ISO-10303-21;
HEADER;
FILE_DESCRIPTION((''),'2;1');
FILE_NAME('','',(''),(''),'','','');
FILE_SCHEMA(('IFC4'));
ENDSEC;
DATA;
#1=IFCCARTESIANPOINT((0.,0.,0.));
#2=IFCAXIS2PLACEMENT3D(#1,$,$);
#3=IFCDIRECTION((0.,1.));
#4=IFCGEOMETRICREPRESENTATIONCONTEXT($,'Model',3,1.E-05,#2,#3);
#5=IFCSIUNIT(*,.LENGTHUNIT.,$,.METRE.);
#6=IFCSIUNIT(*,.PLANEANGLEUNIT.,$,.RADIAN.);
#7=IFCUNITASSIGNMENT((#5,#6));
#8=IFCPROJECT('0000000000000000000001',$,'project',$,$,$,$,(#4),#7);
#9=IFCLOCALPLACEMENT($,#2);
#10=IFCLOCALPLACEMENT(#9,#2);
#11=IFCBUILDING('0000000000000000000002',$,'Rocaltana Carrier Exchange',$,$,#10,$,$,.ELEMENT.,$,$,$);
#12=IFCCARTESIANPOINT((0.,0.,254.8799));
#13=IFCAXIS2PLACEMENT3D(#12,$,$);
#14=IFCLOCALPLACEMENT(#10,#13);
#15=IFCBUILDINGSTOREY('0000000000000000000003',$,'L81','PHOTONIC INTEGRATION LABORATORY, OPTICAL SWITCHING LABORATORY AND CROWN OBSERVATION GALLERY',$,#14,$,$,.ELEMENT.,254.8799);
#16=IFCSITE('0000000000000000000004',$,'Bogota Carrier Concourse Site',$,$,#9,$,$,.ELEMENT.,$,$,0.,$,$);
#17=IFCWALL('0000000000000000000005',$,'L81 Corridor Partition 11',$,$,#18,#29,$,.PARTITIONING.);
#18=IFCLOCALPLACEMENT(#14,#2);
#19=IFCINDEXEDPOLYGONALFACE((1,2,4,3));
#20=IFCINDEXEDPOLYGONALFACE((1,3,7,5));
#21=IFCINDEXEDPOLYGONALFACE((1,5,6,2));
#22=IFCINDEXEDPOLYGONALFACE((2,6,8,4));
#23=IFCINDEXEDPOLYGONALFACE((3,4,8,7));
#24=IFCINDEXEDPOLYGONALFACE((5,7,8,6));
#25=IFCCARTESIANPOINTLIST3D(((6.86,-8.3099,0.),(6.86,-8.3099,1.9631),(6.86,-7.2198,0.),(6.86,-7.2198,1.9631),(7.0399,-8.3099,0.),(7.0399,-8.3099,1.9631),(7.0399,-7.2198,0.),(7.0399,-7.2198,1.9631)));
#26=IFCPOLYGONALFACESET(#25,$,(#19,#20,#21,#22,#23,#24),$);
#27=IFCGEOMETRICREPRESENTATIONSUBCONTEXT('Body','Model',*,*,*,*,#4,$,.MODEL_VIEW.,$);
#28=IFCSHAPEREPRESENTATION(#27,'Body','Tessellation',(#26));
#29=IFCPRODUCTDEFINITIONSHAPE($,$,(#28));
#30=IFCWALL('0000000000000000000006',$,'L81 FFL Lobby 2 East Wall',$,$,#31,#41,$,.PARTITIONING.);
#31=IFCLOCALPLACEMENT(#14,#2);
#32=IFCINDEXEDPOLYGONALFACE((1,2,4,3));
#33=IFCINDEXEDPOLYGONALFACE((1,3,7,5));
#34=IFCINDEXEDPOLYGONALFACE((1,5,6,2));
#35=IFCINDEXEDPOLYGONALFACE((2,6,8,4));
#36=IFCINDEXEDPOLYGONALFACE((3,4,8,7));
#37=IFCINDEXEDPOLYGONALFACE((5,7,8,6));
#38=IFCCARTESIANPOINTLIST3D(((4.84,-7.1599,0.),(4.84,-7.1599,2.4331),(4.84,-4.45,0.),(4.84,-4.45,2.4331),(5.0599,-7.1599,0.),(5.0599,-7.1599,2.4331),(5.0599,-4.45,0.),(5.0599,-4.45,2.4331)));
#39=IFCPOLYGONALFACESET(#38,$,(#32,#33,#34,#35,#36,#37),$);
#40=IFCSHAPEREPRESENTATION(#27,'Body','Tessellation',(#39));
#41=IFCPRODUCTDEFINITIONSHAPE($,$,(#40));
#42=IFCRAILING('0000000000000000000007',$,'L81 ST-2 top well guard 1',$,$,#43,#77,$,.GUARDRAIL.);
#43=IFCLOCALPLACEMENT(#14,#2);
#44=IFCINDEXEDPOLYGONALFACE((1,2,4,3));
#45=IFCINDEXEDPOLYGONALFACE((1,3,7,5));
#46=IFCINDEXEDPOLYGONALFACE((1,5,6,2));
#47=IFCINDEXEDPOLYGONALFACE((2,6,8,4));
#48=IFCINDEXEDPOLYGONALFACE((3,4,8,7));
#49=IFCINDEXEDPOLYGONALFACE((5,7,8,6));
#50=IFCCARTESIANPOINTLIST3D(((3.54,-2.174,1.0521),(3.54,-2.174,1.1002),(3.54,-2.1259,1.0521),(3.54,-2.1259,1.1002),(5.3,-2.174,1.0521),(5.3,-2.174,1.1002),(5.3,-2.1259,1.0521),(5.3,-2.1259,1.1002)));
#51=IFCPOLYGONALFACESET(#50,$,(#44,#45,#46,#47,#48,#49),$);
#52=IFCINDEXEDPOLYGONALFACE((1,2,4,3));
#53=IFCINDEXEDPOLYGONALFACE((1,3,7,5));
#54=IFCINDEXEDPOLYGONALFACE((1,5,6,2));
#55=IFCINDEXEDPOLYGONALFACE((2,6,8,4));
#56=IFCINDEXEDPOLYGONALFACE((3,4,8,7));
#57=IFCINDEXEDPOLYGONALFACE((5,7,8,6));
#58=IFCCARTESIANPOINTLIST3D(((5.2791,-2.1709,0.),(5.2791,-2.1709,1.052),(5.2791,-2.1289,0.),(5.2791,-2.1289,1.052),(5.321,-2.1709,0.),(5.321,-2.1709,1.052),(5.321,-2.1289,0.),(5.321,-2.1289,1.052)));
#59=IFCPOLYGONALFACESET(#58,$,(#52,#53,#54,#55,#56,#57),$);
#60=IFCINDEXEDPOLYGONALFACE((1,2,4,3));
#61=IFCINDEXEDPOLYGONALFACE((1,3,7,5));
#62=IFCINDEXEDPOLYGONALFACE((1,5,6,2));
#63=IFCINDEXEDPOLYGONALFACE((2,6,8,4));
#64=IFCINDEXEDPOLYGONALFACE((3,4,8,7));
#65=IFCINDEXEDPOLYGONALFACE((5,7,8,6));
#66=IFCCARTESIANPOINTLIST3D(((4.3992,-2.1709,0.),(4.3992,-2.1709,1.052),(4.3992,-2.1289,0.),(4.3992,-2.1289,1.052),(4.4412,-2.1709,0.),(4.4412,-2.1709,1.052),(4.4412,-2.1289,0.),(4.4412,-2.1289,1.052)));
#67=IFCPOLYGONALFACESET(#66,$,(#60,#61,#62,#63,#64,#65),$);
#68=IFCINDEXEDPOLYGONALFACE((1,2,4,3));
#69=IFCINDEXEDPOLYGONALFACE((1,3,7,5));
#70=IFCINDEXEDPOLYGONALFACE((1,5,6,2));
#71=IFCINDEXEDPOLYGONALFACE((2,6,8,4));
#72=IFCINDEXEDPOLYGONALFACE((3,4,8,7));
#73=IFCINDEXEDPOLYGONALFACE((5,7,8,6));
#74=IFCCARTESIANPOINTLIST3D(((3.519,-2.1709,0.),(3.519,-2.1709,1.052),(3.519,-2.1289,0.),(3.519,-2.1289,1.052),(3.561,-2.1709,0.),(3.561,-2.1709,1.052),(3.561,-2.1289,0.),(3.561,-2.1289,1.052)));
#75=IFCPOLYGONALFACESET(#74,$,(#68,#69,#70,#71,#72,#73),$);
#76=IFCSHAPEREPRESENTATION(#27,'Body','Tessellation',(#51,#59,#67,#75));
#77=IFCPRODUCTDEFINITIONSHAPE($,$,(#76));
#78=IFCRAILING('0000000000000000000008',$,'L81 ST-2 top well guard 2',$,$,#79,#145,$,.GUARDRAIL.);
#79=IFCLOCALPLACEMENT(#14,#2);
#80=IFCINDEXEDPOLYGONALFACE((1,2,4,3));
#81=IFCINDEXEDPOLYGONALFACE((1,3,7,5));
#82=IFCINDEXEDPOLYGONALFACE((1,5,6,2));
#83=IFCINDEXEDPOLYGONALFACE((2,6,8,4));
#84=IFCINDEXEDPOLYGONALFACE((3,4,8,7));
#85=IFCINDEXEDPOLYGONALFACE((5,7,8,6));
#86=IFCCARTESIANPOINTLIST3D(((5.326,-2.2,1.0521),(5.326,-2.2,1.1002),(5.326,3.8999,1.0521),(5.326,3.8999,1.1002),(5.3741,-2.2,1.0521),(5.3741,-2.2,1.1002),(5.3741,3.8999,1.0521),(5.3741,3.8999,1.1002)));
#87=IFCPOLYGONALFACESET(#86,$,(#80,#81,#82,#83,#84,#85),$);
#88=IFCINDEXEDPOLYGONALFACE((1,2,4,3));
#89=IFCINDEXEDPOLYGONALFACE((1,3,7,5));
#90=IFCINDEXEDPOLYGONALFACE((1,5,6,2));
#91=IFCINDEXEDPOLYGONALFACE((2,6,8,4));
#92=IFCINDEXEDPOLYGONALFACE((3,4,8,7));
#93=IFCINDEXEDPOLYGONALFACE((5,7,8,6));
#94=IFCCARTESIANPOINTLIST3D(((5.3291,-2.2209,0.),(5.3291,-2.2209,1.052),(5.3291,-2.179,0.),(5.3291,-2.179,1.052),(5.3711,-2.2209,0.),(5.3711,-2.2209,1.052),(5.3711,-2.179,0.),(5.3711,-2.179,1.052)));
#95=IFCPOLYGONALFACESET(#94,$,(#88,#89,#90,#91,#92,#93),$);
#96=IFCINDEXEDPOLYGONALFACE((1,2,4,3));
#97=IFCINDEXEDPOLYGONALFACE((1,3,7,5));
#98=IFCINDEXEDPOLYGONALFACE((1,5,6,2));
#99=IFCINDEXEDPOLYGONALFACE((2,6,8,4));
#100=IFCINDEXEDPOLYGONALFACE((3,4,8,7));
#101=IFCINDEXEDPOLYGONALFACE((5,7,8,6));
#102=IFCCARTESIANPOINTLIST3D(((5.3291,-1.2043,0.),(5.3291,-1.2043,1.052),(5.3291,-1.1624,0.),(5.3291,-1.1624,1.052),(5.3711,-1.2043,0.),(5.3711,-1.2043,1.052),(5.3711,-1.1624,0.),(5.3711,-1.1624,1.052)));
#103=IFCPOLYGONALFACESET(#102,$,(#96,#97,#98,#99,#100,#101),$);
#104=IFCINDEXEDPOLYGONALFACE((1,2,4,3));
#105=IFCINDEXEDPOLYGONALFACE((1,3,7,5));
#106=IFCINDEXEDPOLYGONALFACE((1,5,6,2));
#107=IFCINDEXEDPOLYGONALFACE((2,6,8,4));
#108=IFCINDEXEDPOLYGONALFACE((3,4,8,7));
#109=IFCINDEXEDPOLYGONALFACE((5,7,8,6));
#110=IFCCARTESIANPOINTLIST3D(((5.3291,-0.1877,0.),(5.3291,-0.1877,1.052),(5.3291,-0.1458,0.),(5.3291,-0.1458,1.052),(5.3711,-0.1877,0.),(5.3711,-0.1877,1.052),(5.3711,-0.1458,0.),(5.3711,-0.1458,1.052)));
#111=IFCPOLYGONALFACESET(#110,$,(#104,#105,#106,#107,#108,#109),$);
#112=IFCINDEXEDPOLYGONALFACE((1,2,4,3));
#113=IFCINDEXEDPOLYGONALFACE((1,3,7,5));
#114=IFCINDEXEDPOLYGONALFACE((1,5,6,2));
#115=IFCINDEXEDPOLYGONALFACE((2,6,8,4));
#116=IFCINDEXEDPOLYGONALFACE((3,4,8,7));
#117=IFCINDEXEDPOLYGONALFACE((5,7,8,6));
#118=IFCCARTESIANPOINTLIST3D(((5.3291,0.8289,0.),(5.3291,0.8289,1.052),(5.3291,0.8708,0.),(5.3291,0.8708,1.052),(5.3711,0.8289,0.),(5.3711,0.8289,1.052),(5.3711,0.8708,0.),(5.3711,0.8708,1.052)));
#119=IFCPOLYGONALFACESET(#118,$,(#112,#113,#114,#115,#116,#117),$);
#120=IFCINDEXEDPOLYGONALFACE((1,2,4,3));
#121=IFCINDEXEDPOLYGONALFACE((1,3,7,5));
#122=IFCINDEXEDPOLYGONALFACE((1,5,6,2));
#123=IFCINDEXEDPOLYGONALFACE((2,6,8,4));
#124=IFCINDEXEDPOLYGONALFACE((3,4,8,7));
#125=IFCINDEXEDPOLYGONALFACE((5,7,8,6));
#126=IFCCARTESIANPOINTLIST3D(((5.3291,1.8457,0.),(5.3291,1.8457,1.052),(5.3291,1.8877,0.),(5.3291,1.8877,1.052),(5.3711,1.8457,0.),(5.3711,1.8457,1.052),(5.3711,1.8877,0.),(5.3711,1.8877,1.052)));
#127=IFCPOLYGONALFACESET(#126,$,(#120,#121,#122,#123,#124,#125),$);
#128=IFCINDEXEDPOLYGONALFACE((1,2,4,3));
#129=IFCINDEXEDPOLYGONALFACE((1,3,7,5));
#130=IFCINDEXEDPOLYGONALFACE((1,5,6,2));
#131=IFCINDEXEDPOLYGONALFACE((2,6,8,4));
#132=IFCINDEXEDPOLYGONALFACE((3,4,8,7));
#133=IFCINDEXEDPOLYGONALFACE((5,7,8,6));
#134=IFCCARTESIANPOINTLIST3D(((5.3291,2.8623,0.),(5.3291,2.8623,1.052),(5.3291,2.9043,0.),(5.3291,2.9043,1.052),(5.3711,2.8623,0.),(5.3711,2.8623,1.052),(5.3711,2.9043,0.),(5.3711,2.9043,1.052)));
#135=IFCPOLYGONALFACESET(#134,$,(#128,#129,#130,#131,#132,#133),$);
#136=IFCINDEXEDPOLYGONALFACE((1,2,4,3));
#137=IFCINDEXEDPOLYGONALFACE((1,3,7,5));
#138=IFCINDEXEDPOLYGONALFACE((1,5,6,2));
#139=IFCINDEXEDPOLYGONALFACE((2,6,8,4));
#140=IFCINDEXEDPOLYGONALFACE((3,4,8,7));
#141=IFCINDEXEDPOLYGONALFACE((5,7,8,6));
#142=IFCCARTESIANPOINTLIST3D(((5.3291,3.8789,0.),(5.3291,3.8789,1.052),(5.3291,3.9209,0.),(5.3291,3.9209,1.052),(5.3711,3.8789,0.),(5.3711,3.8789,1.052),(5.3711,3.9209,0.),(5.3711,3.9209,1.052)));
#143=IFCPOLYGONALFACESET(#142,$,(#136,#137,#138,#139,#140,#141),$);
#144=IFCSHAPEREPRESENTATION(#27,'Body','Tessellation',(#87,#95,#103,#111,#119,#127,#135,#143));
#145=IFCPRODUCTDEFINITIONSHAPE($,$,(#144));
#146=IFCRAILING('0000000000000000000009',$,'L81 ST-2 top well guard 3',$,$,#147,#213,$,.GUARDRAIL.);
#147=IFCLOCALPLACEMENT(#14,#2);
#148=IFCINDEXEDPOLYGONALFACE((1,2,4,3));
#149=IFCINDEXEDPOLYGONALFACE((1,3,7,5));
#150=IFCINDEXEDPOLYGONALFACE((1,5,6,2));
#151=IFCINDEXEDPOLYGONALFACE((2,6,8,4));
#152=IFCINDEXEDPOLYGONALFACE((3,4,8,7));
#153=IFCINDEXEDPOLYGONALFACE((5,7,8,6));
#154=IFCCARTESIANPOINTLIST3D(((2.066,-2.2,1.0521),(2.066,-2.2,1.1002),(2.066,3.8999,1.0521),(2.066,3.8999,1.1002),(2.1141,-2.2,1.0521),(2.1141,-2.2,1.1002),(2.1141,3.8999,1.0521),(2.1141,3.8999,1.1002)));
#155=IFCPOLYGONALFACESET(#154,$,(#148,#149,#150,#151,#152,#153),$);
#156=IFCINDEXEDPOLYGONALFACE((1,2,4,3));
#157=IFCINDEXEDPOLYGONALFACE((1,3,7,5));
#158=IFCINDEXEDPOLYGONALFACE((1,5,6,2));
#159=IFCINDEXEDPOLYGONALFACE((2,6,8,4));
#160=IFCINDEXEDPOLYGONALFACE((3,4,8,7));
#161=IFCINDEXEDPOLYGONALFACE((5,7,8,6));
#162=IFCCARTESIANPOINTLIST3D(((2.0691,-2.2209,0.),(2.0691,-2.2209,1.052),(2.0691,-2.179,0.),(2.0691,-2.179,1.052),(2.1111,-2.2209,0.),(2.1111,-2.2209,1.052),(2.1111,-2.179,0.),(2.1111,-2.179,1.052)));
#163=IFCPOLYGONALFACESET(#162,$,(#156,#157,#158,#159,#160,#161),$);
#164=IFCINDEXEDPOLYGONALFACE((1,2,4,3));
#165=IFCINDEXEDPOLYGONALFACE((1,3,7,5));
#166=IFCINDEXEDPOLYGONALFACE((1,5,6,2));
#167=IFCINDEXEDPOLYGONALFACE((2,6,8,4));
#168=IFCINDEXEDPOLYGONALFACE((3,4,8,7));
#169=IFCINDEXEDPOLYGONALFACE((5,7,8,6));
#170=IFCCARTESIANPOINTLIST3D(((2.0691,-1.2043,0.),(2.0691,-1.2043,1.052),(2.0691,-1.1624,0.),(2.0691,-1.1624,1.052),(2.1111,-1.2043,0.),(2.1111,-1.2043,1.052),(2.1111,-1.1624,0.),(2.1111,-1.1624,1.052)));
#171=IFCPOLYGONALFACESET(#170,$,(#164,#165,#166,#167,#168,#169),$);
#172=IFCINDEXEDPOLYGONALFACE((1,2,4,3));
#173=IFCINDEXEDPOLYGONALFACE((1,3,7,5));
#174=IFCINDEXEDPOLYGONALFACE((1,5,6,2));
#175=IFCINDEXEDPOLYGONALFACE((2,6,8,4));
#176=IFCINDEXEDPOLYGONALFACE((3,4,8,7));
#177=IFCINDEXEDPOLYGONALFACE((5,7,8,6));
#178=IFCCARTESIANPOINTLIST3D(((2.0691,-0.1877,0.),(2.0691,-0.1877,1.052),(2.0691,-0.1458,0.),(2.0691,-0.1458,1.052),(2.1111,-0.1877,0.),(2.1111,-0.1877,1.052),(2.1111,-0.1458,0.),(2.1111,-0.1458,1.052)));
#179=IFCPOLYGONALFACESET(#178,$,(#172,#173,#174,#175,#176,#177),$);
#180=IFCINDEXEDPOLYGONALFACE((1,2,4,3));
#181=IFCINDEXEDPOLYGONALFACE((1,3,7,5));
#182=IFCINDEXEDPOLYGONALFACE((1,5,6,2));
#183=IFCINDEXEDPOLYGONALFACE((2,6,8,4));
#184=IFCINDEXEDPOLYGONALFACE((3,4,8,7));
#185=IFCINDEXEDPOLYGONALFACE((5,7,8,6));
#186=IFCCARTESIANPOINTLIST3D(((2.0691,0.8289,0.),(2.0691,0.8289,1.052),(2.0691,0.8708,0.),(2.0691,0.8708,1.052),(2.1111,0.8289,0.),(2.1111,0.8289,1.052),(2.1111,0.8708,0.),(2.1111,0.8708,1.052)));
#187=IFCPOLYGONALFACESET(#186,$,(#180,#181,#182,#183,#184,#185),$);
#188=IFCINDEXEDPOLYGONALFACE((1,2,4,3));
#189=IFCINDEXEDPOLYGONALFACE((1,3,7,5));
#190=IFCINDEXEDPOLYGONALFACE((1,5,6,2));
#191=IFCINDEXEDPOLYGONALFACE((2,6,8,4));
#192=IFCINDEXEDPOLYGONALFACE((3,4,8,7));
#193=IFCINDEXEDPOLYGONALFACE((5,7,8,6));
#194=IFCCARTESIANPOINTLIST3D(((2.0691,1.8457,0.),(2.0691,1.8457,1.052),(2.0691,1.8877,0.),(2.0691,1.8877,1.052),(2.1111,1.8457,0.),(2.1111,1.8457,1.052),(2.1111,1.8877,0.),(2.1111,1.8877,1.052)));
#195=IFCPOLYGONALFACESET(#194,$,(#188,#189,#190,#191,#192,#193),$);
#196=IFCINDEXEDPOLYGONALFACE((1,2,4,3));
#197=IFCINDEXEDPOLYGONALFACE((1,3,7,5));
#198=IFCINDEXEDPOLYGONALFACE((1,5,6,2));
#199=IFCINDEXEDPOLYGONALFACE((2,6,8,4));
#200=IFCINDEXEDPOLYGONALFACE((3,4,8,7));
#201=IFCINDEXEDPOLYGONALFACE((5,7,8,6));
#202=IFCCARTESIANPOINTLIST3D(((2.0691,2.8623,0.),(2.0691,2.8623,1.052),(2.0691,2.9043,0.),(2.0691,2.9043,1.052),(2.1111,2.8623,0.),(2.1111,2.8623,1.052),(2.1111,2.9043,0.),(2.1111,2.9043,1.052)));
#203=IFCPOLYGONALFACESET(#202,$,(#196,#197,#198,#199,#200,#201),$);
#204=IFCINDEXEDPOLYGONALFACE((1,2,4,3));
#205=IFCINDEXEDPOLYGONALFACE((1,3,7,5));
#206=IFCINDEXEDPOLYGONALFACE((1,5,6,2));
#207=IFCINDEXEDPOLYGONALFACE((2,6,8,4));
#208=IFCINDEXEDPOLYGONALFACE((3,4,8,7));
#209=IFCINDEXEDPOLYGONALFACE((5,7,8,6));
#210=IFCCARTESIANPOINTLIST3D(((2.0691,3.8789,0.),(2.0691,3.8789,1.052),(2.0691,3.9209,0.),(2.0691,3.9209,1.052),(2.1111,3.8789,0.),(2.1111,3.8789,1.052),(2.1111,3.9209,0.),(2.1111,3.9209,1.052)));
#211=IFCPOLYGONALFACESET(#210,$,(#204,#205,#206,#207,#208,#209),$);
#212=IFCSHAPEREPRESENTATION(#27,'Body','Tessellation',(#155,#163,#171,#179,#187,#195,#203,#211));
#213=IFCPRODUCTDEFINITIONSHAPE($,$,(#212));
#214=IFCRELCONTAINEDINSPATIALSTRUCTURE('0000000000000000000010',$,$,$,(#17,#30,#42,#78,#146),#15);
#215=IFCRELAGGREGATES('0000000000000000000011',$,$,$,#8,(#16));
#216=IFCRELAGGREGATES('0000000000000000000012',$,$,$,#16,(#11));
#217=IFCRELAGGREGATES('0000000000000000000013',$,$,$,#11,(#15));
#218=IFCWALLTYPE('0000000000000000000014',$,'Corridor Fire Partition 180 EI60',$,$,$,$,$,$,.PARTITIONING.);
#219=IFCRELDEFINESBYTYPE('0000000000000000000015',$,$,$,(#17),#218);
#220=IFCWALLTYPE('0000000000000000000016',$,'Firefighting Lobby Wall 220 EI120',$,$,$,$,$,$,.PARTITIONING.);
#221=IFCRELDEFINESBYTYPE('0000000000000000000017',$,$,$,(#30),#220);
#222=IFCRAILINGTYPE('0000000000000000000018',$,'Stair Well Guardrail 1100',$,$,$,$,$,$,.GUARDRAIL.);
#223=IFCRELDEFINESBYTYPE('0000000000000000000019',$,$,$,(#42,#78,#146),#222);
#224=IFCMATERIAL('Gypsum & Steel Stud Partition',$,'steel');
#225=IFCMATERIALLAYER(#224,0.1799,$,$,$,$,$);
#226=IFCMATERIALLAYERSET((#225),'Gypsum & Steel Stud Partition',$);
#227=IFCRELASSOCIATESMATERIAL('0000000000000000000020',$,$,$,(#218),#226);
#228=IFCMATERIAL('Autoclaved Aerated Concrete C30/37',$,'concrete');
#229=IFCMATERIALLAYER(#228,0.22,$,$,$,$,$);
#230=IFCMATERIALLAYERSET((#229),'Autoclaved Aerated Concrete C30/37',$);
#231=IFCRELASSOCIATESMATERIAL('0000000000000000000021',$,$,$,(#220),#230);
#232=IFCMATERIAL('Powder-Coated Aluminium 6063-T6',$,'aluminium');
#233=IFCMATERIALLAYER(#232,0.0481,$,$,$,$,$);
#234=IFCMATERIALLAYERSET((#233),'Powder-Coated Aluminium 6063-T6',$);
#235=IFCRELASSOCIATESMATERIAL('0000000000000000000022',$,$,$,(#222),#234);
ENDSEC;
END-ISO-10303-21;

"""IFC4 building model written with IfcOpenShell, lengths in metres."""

from ifc_helpers import new_model, si_unit, direction, frame, frame_2d, origin, origin_2d, place, context, subcontext, project, spatial, rectangle, extrude, material, layer, layer_set, type_object, element, save


model = new_model("IFC4")

# Units and contexts
model_context = context("Model", 3, precision=1e-05, world=origin(), true_north=direction((0.0, 1.0)))
body_context = subcontext(model_context, "Body", "Model", "MODEL_VIEW")
ifc_project = project(units=[si_unit("LENGTHUNIT", "METRE"), si_unit("PLANEANGLEUNIT", "RADIAN")], contexts=[model_context])

# Site, building, storey
site_placement = place(None, origin())
site = spatial("IfcSite", under=ifc_project, at=site_placement, Name="Bogota Carrier Concourse Site", CompositionType="ELEMENT", RefElevation=0.0)
building_placement = place(site_placement, origin())
building = spatial("IfcBuilding", under=site, at=building_placement, Name="Rocaltana Carrier Exchange", CompositionType="ELEMENT")
storey_placement = place(building_placement, frame((0.0, 0.0, 254.8799)))
storey = spatial("IfcBuildingStorey", under=building, at=storey_placement, Name="L81", Description="PHOTONIC INTEGRATION LABORATORY, OPTICAL SWITCHING LABORATORY AND CROWN OBSERVATION GALLERY", CompositionType="ELEMENT", Elevation=254.8799)

# Walls
ifc_material_1 = material(Name="Gypsum & Steel Stud Partition", Category="steel")
ifc_layer_1 = layer(ifc_material_1, 0.1799)
ifc_layer_set_1 = layer_set([ifc_layer_1], Name="Gypsum & Steel Stud Partition")
wall_type_1 = type_object("IfcWallType", Name="Corridor Fire Partition 180 EI60", PredefinedType="PARTITIONING", material=ifc_layer_set_1)
wall_1_placement = place(storey_placement, frame((6.95, -7.22, 0.0), z_axis=(0.0, 0.0, 1.0), x_axis=(0.0, -1.0, 0.0)))
element("IfcWall", 1, at=wall_1_placement, inside=storey, type_object=wall_type_1, Name="L81 Corridor Partition 11", PredefinedType="PARTITIONING", context=body_context, shape_type="SweptSolid", body=[
    extrude(rectangle(XDim=1.0901, YDim=0.1799, at=frame_2d((0.5449, 0.0))), origin(), (0.0, 0.0, 1.0), 1.9631),
])
ifc_material_2 = material(Name="Autoclaved Aerated Concrete C30/37", Category="concrete")
ifc_layer_2 = layer(ifc_material_2, 0.22)
ifc_layer_set_2 = layer_set([ifc_layer_2], Name="Autoclaved Aerated Concrete C30/37")
wall_type_2 = type_object("IfcWallType", Name="Firefighting Lobby Wall 220 EI120", PredefinedType="PARTITIONING", material=ifc_layer_set_2)
wall_2_placement = place(storey_placement, frame((4.95, -7.1599, 0.0), z_axis=(0.0, 0.0, 1.0), x_axis=(0.0, 1.0, 0.0)))
element("IfcWall", 2, at=wall_2_placement, inside=storey, type_object=wall_type_2, Name="L81 FFL Lobby 2 East Wall", PredefinedType="PARTITIONING", context=body_context, shape_type="SweptSolid", body=[
    extrude(rectangle(XDim=2.71, YDim=0.22, at=frame_2d((1.355, 0.0))), origin(), (0.0, 0.0, 1.0), 2.4331),
])

# Railings
ifc_material_3 = material(Name="Powder-Coated Aluminium 6063-T6", Category="aluminium")
ifc_layer_3 = layer(ifc_material_3, 0.0481)
ifc_layer_set_3 = layer_set([ifc_layer_3], Name="Powder-Coated Aluminium 6063-T6")
railing_type = type_object("IfcRailingType", Name="Stair Well Guardrail 1100", PredefinedType="GUARDRAIL", material=ifc_layer_set_3)
railing_placement = place(storey_placement, frame((5.3, -2.1499, 0.0)))
element("IfcRailing", 3, at=railing_placement, inside=storey, type_object=railing_type, Name="L81 ST-2 top well guard 1", PredefinedType="GUARDRAIL", context=body_context, shape_type="SweptSolid", body=[
    extrude(rectangle(XDim=0.0481, YDim=0.0481, at=origin_2d()), frame((0.0, 0.0, 1.0762), z_axis=(-1.0, 0.0, 0.0), x_axis=(0.0, -1.0, 0.0)), (0.0, 0.0, 1.0), 1.76),
    extrude(rectangle(XDim=0.042, YDim=0.042, at=origin_2d()), origin(), (0.0, 0.0, 1.0), 1.052),
    extrude(rectangle(XDim=0.042, YDim=0.042, at=origin_2d()), frame((-0.8799, 0.0, 0.0)), (0.0, 0.0, 1.0), 1.052),
    extrude(rectangle(XDim=0.042, YDim=0.042, at=origin_2d()), frame((-1.76, 0.0, 0.0)), (0.0, 0.0, 1.0), 1.052),
])
for number, where, name in (
    (4, (5.3501, -2.2, 0.0), "L81 ST-2 top well guard 2"),
    (5, (2.0901, -2.2, 0.0), "L81 ST-2 top well guard 3"),
):
    element("IfcRailing", number, at=place(storey_placement, frame(where)), inside=storey, type_object=railing_type, Name=name, PredefinedType="GUARDRAIL", context=body_context, shape_type="SweptSolid", body=[
        extrude(rectangle(XDim=0.0481, YDim=0.0481, at=origin_2d()), frame((0.0, 0.0, 1.0762), z_axis=(0.0, 1.0, 0.0), x_axis=(-1.0, 0.0, 0.0)), (0.0, 0.0, 1.0), 6.0999),
        extrude(rectangle(XDim=0.042, YDim=0.042, at=origin_2d()), origin(), (0.0, 0.0, 1.0), 1.052),
        extrude(rectangle(XDim=0.042, YDim=0.042, at=origin_2d()), frame((0.0, 1.0166, 0.0)), (0.0, 0.0, 1.0), 1.052),
        extrude(rectangle(XDim=0.042, YDim=0.042, at=origin_2d()), frame((0.0, 2.0332, 0.0)), (0.0, 0.0, 1.0), 1.052),
        extrude(rectangle(XDim=0.042, YDim=0.042, at=origin_2d()), frame((0.0, 3.0498, 0.0)), (0.0, 0.0, 1.0), 1.052),
        extrude(rectangle(XDim=0.042, YDim=0.042, at=origin_2d()), frame((0.0, 4.0667, 0.0)), (0.0, 0.0, 1.0), 1.052),
        extrude(rectangle(XDim=0.042, YDim=0.042, at=origin_2d()), frame((0.0, 5.0833, 0.0)), (0.0, 0.0, 1.0), 1.052),
        extrude(rectangle(XDim=0.042, YDim=0.042, at=origin_2d()), frame((0.0, 6.0999, 0.0)), (0.0, 0.0, 1.0), 1.052),
    ])

save(model, "model.ifc")
